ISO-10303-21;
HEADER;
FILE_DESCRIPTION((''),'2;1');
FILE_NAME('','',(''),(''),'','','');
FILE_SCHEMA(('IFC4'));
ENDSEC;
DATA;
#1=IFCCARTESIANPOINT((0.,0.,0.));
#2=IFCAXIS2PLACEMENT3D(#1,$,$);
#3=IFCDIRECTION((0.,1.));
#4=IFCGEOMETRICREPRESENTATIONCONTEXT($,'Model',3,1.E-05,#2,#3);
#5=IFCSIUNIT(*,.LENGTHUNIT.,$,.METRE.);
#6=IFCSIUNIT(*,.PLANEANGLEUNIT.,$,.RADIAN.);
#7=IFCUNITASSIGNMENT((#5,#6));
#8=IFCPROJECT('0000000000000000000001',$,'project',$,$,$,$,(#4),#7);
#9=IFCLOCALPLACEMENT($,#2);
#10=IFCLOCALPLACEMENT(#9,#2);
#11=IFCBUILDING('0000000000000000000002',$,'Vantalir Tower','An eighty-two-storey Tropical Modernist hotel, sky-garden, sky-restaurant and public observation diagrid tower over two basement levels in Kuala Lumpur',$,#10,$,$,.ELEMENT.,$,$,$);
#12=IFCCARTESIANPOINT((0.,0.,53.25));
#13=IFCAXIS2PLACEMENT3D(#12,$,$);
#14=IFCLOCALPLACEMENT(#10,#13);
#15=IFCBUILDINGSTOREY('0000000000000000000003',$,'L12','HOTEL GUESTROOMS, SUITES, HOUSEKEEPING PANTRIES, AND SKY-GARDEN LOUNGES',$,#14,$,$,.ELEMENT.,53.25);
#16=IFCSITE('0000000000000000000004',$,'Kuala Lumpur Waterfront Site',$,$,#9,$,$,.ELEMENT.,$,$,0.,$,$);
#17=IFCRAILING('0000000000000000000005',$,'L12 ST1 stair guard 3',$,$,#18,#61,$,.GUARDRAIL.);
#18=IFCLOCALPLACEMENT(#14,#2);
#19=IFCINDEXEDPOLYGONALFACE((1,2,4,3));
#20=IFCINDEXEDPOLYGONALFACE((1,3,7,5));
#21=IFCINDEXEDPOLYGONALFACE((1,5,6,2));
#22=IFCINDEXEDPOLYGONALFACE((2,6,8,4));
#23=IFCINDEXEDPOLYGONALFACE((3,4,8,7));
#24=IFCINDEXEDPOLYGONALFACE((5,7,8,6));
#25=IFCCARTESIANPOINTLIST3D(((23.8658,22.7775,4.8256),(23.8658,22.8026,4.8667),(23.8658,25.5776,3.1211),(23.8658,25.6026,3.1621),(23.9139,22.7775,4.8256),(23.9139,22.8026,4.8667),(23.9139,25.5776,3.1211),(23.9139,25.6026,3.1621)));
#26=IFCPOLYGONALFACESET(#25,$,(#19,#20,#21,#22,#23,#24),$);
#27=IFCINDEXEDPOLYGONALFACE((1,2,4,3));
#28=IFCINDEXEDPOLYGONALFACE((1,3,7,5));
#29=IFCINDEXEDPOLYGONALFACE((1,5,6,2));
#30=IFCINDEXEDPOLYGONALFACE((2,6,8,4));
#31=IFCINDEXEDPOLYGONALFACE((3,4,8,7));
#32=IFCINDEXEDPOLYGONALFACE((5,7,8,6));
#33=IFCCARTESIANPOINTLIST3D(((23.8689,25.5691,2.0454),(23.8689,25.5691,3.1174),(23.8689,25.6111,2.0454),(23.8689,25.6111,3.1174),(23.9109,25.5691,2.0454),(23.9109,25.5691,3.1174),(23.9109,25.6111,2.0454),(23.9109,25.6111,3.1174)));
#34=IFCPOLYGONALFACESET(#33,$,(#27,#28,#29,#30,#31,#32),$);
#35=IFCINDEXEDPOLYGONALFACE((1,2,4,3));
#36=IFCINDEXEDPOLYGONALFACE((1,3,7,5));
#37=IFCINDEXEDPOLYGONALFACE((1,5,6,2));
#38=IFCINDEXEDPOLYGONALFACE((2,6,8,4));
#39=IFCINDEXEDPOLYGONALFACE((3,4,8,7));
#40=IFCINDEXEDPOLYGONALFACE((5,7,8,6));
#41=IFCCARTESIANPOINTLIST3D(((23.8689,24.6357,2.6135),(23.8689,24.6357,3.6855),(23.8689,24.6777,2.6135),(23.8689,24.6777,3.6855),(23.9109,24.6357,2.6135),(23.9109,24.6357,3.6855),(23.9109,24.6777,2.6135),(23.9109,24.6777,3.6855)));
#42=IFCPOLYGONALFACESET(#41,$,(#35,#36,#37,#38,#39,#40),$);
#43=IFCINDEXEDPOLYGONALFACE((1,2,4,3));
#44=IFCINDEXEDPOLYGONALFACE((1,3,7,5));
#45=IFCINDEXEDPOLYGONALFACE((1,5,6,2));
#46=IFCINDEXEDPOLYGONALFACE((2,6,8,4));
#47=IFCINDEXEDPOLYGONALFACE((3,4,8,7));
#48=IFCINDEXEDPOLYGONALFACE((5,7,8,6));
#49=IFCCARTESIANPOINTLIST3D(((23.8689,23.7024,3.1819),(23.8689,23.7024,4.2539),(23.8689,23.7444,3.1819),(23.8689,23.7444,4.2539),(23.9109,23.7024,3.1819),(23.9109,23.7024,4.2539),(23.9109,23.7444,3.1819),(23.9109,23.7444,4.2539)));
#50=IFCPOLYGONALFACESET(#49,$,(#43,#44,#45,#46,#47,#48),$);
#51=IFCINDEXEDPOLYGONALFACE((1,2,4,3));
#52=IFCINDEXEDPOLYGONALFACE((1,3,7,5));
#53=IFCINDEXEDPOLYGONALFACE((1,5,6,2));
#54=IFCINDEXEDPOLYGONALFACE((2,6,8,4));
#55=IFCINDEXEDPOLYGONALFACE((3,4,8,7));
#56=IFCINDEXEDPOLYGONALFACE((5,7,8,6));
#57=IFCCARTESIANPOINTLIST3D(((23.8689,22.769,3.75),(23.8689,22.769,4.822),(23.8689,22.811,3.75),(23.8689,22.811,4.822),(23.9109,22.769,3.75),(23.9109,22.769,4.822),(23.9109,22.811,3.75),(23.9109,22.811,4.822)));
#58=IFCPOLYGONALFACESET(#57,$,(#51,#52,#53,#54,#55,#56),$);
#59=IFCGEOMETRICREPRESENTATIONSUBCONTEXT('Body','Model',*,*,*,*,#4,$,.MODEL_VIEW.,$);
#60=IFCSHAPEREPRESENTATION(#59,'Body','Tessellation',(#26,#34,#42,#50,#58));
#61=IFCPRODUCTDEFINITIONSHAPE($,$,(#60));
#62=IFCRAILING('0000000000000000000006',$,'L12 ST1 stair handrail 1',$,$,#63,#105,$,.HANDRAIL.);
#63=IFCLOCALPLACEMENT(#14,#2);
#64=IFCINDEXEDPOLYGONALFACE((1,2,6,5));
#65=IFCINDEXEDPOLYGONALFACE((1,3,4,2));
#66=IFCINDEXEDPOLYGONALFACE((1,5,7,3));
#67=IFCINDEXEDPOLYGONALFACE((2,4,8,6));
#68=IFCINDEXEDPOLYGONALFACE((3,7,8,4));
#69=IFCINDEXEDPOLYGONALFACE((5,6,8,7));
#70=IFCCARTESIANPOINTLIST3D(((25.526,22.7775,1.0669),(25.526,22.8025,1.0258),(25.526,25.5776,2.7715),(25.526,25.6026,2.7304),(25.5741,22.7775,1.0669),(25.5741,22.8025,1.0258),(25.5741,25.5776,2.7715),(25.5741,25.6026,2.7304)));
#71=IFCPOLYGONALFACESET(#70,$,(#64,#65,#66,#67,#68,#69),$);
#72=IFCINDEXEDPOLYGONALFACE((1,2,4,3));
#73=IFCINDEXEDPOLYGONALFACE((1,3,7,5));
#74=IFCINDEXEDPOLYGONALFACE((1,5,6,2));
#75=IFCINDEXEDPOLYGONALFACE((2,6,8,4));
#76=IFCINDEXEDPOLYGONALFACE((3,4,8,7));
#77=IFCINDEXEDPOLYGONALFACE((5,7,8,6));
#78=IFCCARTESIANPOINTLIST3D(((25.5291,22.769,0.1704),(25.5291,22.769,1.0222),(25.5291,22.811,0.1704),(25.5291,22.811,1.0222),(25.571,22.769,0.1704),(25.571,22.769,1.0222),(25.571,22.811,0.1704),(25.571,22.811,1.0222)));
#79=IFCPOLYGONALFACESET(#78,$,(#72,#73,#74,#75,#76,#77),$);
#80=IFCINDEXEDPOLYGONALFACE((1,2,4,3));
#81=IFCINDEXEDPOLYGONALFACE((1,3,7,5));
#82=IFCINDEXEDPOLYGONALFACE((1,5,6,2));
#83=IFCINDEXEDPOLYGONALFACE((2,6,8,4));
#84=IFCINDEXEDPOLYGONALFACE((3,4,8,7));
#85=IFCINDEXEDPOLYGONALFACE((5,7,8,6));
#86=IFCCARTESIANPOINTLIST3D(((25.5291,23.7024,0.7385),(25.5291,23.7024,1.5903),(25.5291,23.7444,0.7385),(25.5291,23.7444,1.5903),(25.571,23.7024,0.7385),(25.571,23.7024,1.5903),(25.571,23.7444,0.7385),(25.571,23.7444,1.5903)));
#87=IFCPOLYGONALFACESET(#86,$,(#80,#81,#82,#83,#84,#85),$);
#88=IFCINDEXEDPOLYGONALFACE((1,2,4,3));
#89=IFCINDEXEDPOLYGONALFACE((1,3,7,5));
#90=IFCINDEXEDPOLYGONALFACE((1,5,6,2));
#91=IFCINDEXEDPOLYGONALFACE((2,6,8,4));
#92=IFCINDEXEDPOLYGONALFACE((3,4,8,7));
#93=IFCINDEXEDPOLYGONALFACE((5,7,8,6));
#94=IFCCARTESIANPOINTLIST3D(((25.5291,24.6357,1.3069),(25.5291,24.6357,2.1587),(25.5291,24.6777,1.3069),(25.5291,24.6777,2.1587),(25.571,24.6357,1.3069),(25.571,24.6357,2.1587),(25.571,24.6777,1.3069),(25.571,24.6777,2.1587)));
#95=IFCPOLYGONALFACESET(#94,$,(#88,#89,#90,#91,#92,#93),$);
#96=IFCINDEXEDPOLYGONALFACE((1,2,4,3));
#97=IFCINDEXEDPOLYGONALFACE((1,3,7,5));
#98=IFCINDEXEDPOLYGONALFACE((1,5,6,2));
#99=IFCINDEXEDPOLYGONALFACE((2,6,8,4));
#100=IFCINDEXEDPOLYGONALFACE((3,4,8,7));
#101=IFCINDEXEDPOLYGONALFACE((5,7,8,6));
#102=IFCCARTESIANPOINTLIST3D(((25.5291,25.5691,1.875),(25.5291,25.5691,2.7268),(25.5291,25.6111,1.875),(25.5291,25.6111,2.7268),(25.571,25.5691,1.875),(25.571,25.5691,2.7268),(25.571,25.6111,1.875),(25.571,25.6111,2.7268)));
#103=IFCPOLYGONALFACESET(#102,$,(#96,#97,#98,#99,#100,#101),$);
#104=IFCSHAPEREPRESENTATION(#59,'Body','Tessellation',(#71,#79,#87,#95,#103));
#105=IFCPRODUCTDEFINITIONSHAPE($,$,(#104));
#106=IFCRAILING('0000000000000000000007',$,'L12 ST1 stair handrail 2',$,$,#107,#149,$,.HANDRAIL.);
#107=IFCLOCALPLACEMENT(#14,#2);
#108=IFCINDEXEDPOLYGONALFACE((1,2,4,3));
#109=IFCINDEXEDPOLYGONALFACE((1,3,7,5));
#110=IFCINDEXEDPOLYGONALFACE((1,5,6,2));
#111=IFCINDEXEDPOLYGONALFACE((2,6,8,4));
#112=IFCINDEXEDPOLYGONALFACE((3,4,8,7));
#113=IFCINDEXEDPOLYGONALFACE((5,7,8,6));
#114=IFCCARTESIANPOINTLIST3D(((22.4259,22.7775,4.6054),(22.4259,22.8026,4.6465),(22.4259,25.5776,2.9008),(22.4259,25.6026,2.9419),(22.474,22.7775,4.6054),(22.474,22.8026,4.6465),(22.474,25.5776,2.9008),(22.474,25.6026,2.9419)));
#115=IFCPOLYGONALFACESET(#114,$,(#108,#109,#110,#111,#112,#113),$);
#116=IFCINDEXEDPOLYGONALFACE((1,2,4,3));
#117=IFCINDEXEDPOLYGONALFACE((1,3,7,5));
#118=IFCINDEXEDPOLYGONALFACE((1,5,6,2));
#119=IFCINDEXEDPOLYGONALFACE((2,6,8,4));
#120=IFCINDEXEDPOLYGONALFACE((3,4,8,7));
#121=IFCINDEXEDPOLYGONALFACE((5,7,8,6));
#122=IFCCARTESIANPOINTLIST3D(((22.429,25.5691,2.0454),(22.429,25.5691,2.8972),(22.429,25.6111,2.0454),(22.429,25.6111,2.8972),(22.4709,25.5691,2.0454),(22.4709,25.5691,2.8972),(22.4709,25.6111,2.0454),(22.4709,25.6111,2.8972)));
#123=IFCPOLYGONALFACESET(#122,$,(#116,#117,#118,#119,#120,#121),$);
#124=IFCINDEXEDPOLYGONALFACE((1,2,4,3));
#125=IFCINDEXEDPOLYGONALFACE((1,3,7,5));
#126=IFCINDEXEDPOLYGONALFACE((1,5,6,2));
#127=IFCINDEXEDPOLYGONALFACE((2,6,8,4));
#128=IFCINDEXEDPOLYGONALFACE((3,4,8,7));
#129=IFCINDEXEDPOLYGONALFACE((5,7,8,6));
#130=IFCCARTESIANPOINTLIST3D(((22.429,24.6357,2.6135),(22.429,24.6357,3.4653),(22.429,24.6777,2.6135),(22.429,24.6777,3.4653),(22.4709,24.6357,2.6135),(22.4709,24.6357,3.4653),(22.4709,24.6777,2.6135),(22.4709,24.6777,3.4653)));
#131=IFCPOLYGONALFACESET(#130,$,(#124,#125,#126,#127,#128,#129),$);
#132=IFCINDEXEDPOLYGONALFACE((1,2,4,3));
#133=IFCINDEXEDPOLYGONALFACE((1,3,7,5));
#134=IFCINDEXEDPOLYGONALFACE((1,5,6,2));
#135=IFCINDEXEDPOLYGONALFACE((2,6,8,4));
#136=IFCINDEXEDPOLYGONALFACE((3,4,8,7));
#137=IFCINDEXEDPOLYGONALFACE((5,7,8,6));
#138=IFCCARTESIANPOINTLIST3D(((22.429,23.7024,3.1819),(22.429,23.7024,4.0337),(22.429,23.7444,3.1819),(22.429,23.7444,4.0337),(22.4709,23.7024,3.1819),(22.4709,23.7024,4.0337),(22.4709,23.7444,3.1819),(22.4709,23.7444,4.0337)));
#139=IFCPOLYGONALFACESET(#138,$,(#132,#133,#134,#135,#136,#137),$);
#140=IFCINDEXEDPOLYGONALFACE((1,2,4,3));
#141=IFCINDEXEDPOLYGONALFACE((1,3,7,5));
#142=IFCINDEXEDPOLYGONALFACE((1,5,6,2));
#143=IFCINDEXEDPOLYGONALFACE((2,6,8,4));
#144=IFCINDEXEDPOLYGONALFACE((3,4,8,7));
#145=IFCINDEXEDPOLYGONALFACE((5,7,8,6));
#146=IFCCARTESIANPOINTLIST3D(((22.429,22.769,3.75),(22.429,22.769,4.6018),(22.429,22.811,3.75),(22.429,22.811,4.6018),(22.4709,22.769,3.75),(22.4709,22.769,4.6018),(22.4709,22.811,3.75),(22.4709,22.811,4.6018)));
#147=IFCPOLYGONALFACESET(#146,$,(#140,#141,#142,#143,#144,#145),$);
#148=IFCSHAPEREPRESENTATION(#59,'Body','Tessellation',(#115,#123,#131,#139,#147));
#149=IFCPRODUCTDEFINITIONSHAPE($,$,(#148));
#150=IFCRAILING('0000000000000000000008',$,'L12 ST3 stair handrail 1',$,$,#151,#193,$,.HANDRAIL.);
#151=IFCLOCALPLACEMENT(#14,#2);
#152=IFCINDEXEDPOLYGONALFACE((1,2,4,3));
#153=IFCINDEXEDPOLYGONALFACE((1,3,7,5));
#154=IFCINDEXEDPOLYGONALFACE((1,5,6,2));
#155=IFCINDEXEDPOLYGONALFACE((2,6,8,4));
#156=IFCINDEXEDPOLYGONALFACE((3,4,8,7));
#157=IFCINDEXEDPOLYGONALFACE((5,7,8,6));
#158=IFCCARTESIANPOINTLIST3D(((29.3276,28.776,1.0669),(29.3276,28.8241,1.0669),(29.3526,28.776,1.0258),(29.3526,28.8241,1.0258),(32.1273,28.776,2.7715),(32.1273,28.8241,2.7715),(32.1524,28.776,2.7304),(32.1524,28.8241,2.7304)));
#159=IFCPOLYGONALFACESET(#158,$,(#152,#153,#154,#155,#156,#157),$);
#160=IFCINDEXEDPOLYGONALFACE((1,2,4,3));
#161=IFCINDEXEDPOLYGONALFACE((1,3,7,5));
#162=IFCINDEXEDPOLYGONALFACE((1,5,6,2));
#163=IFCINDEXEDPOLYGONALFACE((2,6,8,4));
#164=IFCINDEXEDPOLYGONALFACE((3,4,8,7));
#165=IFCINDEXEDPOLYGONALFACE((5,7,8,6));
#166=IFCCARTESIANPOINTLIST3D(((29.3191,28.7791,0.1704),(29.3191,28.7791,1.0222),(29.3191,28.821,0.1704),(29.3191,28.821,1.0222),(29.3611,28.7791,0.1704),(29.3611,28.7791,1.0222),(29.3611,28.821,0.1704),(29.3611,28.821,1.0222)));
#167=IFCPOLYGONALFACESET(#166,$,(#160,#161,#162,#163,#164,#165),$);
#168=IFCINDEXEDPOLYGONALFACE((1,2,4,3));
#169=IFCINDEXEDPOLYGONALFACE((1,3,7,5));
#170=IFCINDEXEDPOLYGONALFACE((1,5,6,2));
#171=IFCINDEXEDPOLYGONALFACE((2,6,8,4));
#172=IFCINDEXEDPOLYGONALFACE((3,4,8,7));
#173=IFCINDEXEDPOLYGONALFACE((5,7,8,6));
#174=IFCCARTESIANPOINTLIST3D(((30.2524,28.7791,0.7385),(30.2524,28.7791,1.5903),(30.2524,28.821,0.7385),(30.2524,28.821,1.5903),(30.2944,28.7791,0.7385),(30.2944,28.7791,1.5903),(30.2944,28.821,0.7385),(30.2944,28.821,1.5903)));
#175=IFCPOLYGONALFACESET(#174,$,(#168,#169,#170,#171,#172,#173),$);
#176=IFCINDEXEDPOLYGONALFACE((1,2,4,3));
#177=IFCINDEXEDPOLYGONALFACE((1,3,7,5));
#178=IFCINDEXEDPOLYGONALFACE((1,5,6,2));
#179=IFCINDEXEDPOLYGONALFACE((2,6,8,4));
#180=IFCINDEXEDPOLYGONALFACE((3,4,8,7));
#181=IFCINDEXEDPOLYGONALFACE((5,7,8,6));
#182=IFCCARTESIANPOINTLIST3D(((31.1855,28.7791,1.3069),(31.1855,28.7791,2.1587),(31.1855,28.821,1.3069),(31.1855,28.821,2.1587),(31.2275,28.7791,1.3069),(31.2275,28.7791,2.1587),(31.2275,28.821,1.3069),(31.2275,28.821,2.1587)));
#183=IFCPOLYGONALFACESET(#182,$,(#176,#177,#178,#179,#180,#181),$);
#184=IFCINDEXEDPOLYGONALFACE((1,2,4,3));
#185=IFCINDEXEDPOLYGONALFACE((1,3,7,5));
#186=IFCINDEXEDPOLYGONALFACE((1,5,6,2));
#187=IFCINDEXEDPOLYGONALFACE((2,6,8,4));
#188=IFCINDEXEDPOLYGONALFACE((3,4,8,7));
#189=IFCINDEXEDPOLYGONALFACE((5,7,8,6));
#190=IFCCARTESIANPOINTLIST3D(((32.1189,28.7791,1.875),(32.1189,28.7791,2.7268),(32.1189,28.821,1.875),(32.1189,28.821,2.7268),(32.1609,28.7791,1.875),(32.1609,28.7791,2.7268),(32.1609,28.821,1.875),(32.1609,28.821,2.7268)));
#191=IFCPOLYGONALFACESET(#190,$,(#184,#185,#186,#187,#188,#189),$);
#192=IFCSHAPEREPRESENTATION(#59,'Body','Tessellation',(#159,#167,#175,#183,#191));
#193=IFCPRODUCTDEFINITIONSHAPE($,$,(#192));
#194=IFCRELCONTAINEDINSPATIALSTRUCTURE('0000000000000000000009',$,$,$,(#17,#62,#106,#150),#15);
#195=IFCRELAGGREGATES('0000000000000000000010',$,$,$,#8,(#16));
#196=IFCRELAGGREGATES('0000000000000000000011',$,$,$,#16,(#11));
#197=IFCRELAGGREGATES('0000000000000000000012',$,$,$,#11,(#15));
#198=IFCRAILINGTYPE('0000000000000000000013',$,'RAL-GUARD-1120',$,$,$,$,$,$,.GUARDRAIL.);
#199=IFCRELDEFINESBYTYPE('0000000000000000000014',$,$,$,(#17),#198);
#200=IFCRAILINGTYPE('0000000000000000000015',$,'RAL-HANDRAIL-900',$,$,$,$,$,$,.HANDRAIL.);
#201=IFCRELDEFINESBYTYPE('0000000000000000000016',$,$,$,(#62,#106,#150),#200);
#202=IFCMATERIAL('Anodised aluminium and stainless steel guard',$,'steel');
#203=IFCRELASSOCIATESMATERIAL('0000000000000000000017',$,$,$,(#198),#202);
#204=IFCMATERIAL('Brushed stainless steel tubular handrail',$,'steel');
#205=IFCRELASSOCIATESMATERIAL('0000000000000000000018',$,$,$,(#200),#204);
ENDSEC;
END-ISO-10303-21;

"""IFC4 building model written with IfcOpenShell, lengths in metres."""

from ifc_helpers import new_model, si_unit, direction, frame, origin, origin_2d, place, context, subcontext, project, spatial, rectangle, extrude, material, type_object, element, save


model = new_model("IFC4")

# Units and contexts
model_context = context("Model", 3, precision=1e-05, world=origin(), true_north=direction((0.0, 1.0)))
body_context = subcontext(model_context, "Body", "Model", "MODEL_VIEW")
ifc_project = project(units=[si_unit("LENGTHUNIT", "METRE"), si_unit("PLANEANGLEUNIT", "RADIAN")], contexts=[model_context])

# Site, building, storey
site_placement = place(None, origin())
site = spatial("IfcSite", under=ifc_project, at=site_placement, Name="Kuala Lumpur Waterfront Site", CompositionType="ELEMENT", RefElevation=0.0)
building_placement = place(site_placement, origin())
building = spatial("IfcBuilding", under=site, at=building_placement, Name="Vantalir Tower", Description="An eighty-two-storey Tropical Modernist hotel, sky-garden, sky-restaurant and public observation diagrid tower over two basement levels in Kuala Lumpur", CompositionType="ELEMENT")
storey_placement = place(building_placement, frame((0.0, 0.0, 53.25)))
storey = spatial("IfcBuildingStorey", under=building, at=storey_placement, Name="L12", Description="HOTEL GUESTROOMS, SUITES, HOUSEKEEPING PANTRIES, AND SKY-GARDEN LOUNGES", CompositionType="ELEMENT", Elevation=53.25)

# Railings
ifc_material_1 = material(Name="Anodised aluminium and stainless steel guard", Category="steel")
railing_type_1 = type_object("IfcRailingType", Name="RAL-GUARD-1120", PredefinedType="GUARDRAIL", material=ifc_material_1)
railing_1_placement = place(storey_placement, frame((23.8899, 25.5901, 2.0454)))
element("IfcRailing", 1, at=railing_1_placement, inside=storey, type_object=railing_type_1, Name="L12 ST1 stair guard 3", PredefinedType="GUARDRAIL", context=body_context, shape_type="SweptSolid", body=[
    extrude(rectangle(XDim=0.0481, YDim=0.0481, at=origin_2d()), frame((0.0, 0.0, 1.0962), z_axis=(0.0, -0.85417, 0.519994), x_axis=(1.0, 0.0, 0.0)), (0.0, 0.0, 1.0), 3.2781),
    extrude(rectangle(XDim=0.042, YDim=0.042, at=origin_2d()), origin(), (0.0, 0.0, 1.0), 1.072),
    extrude(rectangle(XDim=0.042, YDim=0.042, at=origin_2d()), frame((0.0, -0.9333, 0.5681)), (0.0, 0.0, 1.0), 1.072),
    extrude(rectangle(XDim=0.042, YDim=0.042, at=origin_2d()), frame((0.0, -1.8667, 1.1365)), (0.0, 0.0, 1.0), 1.072),
    extrude(rectangle(XDim=0.042, YDim=0.042, at=origin_2d()), frame((0.0, -2.8, 1.7046)), (0.0, 0.0, 1.0), 1.072),
])
ifc_material_2 = material(Name="Brushed stainless steel tubular handrail", Category="steel")
railing_type_2 = type_object("IfcRailingType", Name="RAL-HANDRAIL-900", PredefinedType="HANDRAIL", material=ifc_material_2)
railing_2_placement = place(storey_placement, frame((25.55, 22.79, 0.1704)))
element("IfcRailing", 2, at=railing_2_placement, inside=storey, type_object=railing_type_2, Name="L12 ST1 stair handrail 1", PredefinedType="HANDRAIL", context=body_context, shape_type="SweptSolid", body=[
    extrude(rectangle(XDim=0.0481, YDim=0.0481, at=origin_2d()), frame((0.0, 0.0, 0.876), z_axis=(0.0, 0.85417, 0.519994), x_axis=(-1.0, 0.0, 0.0)), (0.0, 0.0, 1.0), 3.2781),
    extrude(rectangle(XDim=0.042, YDim=0.042, at=origin_2d()), origin(), (0.0, 0.0, 1.0), 0.8518),
    extrude(rectangle(XDim=0.042, YDim=0.042, at=origin_2d()), frame((0.0, 0.9333, 0.5681)), (0.0, 0.0, 1.0), 0.8518),
    extrude(rectangle(XDim=0.042, YDim=0.042, at=origin_2d()), frame((0.0, 1.8667, 1.1365)), (0.0, 0.0, 1.0), 0.8518),
    extrude(rectangle(XDim=0.042, YDim=0.042, at=origin_2d()), frame((0.0, 2.8, 1.7046)), (0.0, 0.0, 1.0), 0.8518),
])
railing_3_placement = place(storey_placement, frame((22.45, 25.5901, 2.0454)))
element("IfcRailing", 3, at=railing_3_placement, inside=storey, type_object=railing_type_2, Name="L12 ST1 stair handrail 2", PredefinedType="HANDRAIL", context=body_context, shape_type="SweptSolid", body=[
    extrude(rectangle(XDim=0.0481, YDim=0.0481, at=origin_2d()), frame((0.0, 0.0, 0.876), z_axis=(0.0, -0.85417, 0.519994), x_axis=(1.0, 0.0, 0.0)), (0.0, 0.0, 1.0), 3.2781),
    extrude(rectangle(XDim=0.042, YDim=0.042, at=origin_2d()), origin(), (0.0, 0.0, 1.0), 0.8518),
    extrude(rectangle(XDim=0.042, YDim=0.042, at=origin_2d()), frame((0.0, -0.9333, 0.5681)), (0.0, 0.0, 1.0), 0.8518),
    extrude(rectangle(XDim=0.042, YDim=0.042, at=origin_2d()), frame((0.0, -1.8667, 1.1365)), (0.0, 0.0, 1.0), 0.8518),
    extrude(rectangle(XDim=0.042, YDim=0.042, at=origin_2d()), frame((0.0, -2.8, 1.7046)), (0.0, 0.0, 1.0), 0.8518),
])
railing_4_placement = place(storey_placement, frame((29.3401, 28.8, 0.1704)))
element("IfcRailing", 4, at=railing_4_placement, inside=storey, type_object=railing_type_2, Name="L12 ST3 stair handrail 1", PredefinedType="HANDRAIL", context=body_context, shape_type="SweptSolid", body=[
    extrude(rectangle(XDim=0.0481, YDim=0.0481, at=origin_2d()), frame((0.0, 0.0, 0.876), z_axis=(0.85415, 0.0, 0.520027), x_axis=(0.0, 1.0, 0.0)), (0.0, 0.0, 1.0), 3.2778),
    extrude(rectangle(XDim=0.042, YDim=0.042, at=origin_2d()), origin(), (0.0, 0.0, 1.0), 0.8518),
    extrude(rectangle(XDim=0.042, YDim=0.042, at=origin_2d()), frame((0.9333, 0.0, 0.5681)), (0.0, 0.0, 1.0), 0.8518),
    extrude(rectangle(XDim=0.042, YDim=0.042, at=origin_2d()), frame((1.8665, 0.0, 1.1365)), (0.0, 0.0, 1.0), 0.8518),
    extrude(rectangle(XDim=0.042, YDim=0.042, at=origin_2d()), frame((2.7998, 0.0, 1.7046)), (0.0, 0.0, 1.0), 0.8518),
])

save(model, "model.ifc")
